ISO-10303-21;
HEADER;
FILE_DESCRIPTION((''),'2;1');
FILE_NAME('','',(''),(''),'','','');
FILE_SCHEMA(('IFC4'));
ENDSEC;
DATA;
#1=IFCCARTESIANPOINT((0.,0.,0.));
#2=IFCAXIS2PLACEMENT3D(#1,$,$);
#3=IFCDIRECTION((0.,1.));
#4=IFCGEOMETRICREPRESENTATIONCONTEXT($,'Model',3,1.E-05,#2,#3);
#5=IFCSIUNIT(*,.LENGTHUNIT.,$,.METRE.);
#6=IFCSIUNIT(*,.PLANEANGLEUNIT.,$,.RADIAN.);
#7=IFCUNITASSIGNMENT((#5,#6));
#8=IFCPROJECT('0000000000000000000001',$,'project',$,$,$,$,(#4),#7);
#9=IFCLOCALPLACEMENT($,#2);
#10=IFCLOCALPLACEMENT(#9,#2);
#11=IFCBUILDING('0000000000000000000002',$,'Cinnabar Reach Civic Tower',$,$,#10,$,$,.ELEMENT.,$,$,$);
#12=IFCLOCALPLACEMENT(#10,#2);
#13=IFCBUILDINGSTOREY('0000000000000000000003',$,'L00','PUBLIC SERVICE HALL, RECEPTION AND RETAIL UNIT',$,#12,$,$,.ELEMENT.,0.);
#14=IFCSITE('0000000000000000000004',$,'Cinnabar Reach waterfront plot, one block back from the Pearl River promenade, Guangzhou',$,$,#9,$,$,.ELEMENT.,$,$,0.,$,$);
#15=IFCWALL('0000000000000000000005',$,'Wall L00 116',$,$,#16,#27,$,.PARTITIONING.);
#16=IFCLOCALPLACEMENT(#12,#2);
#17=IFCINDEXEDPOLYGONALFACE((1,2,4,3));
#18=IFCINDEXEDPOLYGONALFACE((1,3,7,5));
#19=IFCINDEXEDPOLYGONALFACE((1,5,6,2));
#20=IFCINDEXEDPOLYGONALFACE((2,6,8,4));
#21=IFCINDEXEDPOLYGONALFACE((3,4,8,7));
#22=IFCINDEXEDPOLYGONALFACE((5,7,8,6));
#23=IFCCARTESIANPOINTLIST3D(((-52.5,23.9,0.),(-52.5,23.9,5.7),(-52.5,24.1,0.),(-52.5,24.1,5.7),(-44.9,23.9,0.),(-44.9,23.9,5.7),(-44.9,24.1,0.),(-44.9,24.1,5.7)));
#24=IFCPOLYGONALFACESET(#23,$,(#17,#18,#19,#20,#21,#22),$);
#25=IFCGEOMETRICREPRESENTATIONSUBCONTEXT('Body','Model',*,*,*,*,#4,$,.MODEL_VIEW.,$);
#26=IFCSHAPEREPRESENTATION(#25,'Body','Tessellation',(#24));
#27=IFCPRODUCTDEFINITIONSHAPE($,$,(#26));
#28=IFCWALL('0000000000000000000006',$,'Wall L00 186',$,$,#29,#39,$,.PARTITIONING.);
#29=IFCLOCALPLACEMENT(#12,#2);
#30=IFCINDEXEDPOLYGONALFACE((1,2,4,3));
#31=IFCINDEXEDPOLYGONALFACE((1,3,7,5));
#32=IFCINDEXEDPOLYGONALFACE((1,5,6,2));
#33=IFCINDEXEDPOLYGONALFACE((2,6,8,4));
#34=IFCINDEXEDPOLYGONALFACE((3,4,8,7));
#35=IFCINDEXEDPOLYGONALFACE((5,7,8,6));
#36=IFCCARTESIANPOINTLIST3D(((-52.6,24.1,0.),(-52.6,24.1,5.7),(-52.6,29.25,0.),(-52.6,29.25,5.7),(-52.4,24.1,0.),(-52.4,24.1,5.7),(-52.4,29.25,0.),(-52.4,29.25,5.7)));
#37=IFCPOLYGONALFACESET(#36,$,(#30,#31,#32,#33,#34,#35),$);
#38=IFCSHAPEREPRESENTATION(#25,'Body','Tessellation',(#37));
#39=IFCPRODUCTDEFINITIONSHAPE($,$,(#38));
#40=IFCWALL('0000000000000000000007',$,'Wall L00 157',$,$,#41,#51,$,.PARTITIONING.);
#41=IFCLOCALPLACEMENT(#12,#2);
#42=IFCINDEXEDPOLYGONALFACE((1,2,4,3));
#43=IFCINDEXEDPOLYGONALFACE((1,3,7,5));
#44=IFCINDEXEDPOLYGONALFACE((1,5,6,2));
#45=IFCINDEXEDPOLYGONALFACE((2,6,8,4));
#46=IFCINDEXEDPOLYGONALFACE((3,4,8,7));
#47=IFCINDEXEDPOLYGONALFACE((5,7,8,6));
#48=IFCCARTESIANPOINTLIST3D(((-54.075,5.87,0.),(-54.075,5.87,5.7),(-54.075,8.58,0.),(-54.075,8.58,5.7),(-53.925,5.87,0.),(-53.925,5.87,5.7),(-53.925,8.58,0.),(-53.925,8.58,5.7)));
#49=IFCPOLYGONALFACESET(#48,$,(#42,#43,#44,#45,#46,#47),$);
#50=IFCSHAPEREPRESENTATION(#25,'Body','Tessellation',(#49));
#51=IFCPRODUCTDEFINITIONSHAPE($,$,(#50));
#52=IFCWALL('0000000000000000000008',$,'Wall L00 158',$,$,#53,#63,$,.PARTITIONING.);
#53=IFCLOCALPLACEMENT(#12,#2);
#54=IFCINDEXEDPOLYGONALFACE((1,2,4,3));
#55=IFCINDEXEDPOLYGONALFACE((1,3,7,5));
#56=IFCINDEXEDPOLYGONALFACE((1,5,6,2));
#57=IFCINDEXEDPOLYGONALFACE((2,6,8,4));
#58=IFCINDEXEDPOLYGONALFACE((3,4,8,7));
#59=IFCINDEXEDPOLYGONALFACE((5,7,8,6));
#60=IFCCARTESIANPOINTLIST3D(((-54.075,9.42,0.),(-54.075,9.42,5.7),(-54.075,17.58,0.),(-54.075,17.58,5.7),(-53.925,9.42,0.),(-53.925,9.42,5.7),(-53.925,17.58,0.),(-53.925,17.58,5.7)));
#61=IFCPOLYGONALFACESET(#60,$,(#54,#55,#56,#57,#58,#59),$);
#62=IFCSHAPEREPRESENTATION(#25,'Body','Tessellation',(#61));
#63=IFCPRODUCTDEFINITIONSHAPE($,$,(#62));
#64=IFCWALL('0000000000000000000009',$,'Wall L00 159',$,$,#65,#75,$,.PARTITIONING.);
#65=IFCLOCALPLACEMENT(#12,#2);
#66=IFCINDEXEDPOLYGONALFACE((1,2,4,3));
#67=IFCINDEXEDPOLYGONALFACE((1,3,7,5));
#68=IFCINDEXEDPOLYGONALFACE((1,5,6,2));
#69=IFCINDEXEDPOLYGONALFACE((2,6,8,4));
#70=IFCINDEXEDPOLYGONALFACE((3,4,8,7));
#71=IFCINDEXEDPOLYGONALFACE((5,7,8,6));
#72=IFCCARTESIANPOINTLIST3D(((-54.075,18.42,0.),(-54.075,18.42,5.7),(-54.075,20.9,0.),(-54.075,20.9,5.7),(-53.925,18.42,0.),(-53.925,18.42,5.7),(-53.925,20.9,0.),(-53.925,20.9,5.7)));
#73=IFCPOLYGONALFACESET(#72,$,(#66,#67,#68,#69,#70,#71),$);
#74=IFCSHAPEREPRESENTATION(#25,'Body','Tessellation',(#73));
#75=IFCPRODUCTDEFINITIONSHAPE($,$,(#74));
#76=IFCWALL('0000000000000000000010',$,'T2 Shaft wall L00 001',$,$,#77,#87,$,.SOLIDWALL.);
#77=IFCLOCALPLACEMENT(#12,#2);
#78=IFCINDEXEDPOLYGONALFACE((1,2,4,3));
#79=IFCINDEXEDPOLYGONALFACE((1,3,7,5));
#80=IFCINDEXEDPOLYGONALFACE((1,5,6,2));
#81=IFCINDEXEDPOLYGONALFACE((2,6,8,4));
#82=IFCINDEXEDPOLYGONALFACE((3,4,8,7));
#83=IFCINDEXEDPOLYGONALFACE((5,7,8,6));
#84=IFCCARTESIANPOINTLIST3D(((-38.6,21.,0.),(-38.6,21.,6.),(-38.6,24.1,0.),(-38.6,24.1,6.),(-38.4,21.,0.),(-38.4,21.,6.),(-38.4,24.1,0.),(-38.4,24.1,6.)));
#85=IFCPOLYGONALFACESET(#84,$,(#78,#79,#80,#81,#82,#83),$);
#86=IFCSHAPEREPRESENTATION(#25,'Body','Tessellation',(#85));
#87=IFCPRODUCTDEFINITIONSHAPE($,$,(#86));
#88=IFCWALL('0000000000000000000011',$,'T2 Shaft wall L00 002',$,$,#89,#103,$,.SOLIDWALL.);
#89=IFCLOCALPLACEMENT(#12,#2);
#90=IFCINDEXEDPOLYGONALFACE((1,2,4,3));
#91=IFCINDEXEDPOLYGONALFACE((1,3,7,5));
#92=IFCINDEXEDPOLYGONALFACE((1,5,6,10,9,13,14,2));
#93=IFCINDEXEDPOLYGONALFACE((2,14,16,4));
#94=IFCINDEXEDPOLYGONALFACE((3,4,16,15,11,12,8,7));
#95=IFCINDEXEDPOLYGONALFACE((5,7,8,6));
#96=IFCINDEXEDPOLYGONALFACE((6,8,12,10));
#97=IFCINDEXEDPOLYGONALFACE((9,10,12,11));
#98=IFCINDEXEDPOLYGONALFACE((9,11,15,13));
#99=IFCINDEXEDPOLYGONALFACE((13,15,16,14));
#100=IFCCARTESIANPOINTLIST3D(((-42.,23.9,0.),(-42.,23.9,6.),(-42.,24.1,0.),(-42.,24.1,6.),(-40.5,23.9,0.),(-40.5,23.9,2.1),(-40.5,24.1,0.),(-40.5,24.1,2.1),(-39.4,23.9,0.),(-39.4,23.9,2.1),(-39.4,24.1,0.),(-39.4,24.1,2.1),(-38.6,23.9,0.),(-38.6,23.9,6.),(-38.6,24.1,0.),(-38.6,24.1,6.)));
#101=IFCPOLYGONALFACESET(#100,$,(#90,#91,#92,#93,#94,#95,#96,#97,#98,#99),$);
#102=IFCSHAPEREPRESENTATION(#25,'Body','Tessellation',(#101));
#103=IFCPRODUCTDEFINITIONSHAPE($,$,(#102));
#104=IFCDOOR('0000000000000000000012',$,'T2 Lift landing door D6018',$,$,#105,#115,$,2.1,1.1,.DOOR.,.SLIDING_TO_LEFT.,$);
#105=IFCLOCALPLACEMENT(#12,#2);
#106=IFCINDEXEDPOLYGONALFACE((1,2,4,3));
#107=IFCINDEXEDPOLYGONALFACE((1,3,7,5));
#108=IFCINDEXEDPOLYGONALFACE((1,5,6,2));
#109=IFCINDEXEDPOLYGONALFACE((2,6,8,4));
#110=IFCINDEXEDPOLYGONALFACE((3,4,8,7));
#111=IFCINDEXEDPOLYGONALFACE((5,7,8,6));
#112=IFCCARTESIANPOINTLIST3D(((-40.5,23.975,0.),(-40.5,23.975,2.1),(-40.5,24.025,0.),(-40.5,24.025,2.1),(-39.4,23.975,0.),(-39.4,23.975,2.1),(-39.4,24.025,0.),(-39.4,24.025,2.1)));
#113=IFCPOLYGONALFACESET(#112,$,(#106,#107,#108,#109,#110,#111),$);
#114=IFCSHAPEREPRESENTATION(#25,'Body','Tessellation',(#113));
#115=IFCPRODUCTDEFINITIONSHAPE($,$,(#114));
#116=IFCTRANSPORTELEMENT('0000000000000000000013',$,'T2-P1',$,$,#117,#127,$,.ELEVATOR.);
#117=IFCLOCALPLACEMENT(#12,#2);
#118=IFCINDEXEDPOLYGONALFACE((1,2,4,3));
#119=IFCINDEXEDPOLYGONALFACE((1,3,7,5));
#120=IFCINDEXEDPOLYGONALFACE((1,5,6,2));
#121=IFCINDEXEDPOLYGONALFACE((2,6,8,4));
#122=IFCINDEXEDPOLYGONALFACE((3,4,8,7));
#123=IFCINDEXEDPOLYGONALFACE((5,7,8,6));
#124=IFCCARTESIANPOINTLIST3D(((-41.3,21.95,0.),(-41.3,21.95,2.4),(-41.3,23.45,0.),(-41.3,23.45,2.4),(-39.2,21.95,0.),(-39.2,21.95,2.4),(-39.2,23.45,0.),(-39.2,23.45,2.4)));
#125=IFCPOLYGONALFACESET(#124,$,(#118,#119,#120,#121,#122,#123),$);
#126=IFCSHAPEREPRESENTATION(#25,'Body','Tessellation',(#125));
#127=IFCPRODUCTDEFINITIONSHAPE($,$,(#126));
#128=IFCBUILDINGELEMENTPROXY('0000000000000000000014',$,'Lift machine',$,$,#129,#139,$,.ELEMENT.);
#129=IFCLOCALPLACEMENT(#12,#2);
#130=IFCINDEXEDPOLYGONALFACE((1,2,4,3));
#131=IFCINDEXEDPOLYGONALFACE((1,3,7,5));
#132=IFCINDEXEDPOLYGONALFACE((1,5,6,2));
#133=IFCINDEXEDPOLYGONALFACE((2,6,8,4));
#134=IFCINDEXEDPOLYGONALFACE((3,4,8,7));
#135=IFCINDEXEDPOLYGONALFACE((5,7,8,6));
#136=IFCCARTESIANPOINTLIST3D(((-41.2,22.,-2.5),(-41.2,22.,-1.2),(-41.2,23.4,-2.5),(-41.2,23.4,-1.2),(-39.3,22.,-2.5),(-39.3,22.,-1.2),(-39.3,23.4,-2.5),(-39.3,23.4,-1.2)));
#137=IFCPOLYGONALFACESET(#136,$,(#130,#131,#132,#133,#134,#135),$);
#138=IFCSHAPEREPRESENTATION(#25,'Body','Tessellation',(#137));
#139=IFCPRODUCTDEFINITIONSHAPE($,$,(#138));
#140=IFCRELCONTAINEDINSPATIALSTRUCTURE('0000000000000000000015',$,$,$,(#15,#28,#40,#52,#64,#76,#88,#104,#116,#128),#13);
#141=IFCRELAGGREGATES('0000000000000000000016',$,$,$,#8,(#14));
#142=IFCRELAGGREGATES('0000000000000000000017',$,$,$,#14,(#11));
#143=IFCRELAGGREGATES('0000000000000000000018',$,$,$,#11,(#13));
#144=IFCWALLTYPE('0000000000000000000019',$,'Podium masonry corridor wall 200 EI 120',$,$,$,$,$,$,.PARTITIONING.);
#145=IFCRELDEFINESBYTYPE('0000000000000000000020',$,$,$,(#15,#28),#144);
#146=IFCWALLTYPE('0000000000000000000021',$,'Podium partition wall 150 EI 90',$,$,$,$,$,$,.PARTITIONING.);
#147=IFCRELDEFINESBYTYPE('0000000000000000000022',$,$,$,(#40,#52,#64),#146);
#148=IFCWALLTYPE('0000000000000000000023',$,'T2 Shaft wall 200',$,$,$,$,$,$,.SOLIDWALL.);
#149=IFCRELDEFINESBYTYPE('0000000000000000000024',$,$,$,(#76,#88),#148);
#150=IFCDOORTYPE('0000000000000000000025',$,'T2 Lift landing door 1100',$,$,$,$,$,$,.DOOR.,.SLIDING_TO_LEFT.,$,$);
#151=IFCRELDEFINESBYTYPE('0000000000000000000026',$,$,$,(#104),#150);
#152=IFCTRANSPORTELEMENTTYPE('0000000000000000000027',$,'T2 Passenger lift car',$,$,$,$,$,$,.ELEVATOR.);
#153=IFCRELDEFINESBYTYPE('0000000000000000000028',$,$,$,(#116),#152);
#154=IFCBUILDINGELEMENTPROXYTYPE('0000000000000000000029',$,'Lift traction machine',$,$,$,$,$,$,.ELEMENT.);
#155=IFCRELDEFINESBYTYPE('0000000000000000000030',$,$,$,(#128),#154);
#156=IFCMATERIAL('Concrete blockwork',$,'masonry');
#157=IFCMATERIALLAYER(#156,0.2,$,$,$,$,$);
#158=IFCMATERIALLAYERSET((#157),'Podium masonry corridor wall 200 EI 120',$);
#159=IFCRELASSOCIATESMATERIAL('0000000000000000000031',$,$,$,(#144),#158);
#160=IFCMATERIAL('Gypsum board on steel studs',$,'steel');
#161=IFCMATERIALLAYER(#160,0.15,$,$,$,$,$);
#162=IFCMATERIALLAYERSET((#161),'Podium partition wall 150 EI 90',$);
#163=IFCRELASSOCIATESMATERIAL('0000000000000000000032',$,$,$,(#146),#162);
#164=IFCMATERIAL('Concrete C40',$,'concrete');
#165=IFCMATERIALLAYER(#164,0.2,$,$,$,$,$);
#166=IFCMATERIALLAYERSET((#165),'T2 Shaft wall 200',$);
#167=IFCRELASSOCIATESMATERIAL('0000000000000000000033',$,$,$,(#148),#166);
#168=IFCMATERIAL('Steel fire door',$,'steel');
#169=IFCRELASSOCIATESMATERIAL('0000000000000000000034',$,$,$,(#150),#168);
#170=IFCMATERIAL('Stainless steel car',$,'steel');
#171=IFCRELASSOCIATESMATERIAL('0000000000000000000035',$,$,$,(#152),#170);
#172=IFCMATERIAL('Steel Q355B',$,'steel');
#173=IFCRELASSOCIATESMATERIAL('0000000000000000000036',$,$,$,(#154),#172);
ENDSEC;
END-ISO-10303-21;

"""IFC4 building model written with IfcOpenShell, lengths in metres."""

from ifc_helpers import new_model, si_unit, direction, frame, frame_2d, origin, origin_2d, place, context, subcontext, project, spatial, rectangle, extrude, material, layer, layer_set, type_object, element, fill, save


model = new_model("IFC4")

# Units and contexts
model_context = context("Model", 3, precision=1e-05, world=origin(), true_north=direction((0.0, 1.0)))
body_context = subcontext(model_context, "Body", "Model", "MODEL_VIEW")
ifc_project = project(units=[si_unit("LENGTHUNIT", "METRE"), si_unit("PLANEANGLEUNIT", "RADIAN")], contexts=[model_context])

# Site, building, storey
site_placement = place(None, origin())
site = spatial("IfcSite", under=ifc_project, at=site_placement, Name="Cinnabar Reach waterfront plot, one block back from the Pearl River promenade, Guangzhou", CompositionType="ELEMENT", RefElevation=0.0)
building_placement = place(site_placement, origin())
building = spatial("IfcBuilding", under=site, at=building_placement, Name="Cinnabar Reach Civic Tower", CompositionType="ELEMENT")
storey_placement = place(building_placement, origin())
storey = spatial("IfcBuildingStorey", under=building, at=storey_placement, Name="L00", Description="PUBLIC SERVICE HALL, RECEPTION AND RETAIL UNIT", CompositionType="ELEMENT", Elevation=0.0)

# Shared definitions
ifc_material_1 = material(Name="Steel Q355B", Category="steel")

# Shared definitions
ifc_material_2 = material(Name="Concrete blockwork", Category="masonry")
ifc_layer_1 = layer(ifc_material_2, 0.2)
ifc_layer_set_1 = layer_set([ifc_layer_1], Name="Podium masonry corridor wall 200 EI 120")
wall_type_1 = type_object("IfcWallType", Name="Podium masonry corridor wall 200 EI 120", PredefinedType="PARTITIONING", material=ifc_layer_set_1)

# Walls
wall_1_placement = place(storey_placement, frame((-52.5, 24.0, 0.0), z_axis=(0.0, 0.0, 1.0), x_axis=(1.0, 0.0, 0.0)))
element("IfcWall", 1, at=wall_1_placement, inside=storey, type_object=wall_type_1, Name="Wall L00 116", PredefinedType="PARTITIONING", context=body_context, shape_type="SweptSolid", body=[
    extrude(rectangle(XDim=7.6, YDim=0.2, at=frame_2d((3.8, 0.0))), origin(), (0.0, 0.0, 1.0), 5.7),
])
wall_2_placement = place(storey_placement, frame((-52.5, 24.1, 0.0), z_axis=(0.0, 0.0, 1.0), x_axis=(0.0, 1.0, 0.0)))
element("IfcWall", 2, at=wall_2_placement, inside=storey, type_object=wall_type_1, Name="Wall L00 186", PredefinedType="PARTITIONING", context=body_context, shape_type="SweptSolid", body=[
    extrude(rectangle(XDim=5.15, YDim=0.2, at=frame_2d((2.575, 0.0))), origin(), (0.0, 0.0, 1.0), 5.7),
])
ifc_material_3 = material(Name="Gypsum board on steel studs", Category="steel")
ifc_layer_2 = layer(ifc_material_3, 0.15)
ifc_layer_set_2 = layer_set([ifc_layer_2], Name="Podium partition wall 150 EI 90")
wall_type_2 = type_object("IfcWallType", Name="Podium partition wall 150 EI 90", PredefinedType="PARTITIONING", material=ifc_layer_set_2)
wall_3_placement = place(storey_placement, frame((-54.0, 5.87, 0.0), z_axis=(0.0, 0.0, 1.0), x_axis=(0.0, 1.0, 0.0)))
element("IfcWall", 3, at=wall_3_placement, inside=storey, type_object=wall_type_2, Name="Wall L00 157", PredefinedType="PARTITIONING", context=body_context, shape_type="SweptSolid", body=[
    extrude(rectangle(XDim=2.71, YDim=0.15, at=frame_2d((1.355, 0.0))), origin(), (0.0, 0.0, 1.0), 5.7),
])
wall_4_placement = place(storey_placement, frame((-54.0, 9.42, 0.0), z_axis=(0.0, 0.0, 1.0), x_axis=(0.0, 1.0, 0.0)))
element("IfcWall", 4, at=wall_4_placement, inside=storey, type_object=wall_type_2, Name="Wall L00 158", PredefinedType="PARTITIONING", context=body_context, shape_type="SweptSolid", body=[
    extrude(rectangle(XDim=8.16, YDim=0.15, at=frame_2d((4.08, 0.0))), origin(), (0.0, 0.0, 1.0), 5.7),
])
wall_5_placement = place(storey_placement, frame((-54.0, 18.42, 0.0), z_axis=(0.0, 0.0, 1.0), x_axis=(0.0, 1.0, 0.0)))
element("IfcWall", 5, at=wall_5_placement, inside=storey, type_object=wall_type_2, Name="Wall L00 159", PredefinedType="PARTITIONING", context=body_context, shape_type="SweptSolid", body=[
    extrude(rectangle(XDim=2.48, YDim=0.15, at=frame_2d((1.24, 0.0))), origin(), (0.0, 0.0, 1.0), 5.7),
])
ifc_material_4 = material(Name="Concrete C40", Category="concrete")
ifc_layer_3 = layer(ifc_material_4, 0.2)
ifc_layer_set_3 = layer_set([ifc_layer_3], Name="T2 Shaft wall 200")
wall_type_3 = type_object("IfcWallType", Name="T2 Shaft wall 200", PredefinedType="SOLIDWALL", material=ifc_layer_set_3)
wall_6_placement = place(storey_placement, frame((-38.5, 21.0, 0.0), z_axis=(0.0, 0.0, 1.0), x_axis=(0.0, 1.0, 0.0)))
element("IfcWall", 6, at=wall_6_placement, inside=storey, type_object=wall_type_3, Name="T2 Shaft wall L00 001", PredefinedType="SOLIDWALL", context=body_context, shape_type="SweptSolid", body=[
    extrude(rectangle(XDim=3.1, YDim=0.2, at=frame_2d((1.55, 0.0))), origin(), (0.0, 0.0, 1.0), 6.0),
])

# Wall, opening, door
wall_7_placement = place(storey_placement, frame((-38.6, 24.0, 0.0), z_axis=(0.0, 0.0, 1.0), x_axis=(-1.0, 0.0, 0.0)))
wall_7 = element("IfcWall", 7, at=wall_7_placement, inside=storey, type_object=wall_type_3, Name="T2 Shaft wall L00 002", PredefinedType="SOLIDWALL", context=body_context, shape_type="SweptSolid", body=[
    extrude(rectangle(XDim=3.4, YDim=0.2, at=frame_2d((1.7, 0.0))), origin(), (0.0, 0.0, 1.0), 6.0),
])
opening_1_placement = place(wall_7_placement, frame((0.8, 0.0, 0.0)))
opening_1 = element("IfcOpeningElement", 8, at=opening_1_placement, cuts=wall_7, PredefinedType="OPENING", context=body_context, shape_type="SweptSolid", body=[
    extrude(rectangle(XDim=1.1, YDim=2.1, at=frame_2d((0.55, 1.05))), frame((0.0, 0.11, 0.0), z_axis=(0.0, -1.0, 0.0), x_axis=(1.0, 0.0, 0.0)), (0.0, 0.0, 1.0), 0.22),
])
ifc_material_5 = material(Name="Steel fire door", Category="steel")
door_type_1 = type_object("IfcDoorType", Name="T2 Lift landing door 1100", OperationType="SLIDING_TO_LEFT", PredefinedType="DOOR", material=ifc_material_5)
door_1_placement = place(opening_1_placement, origin())
door_1 = element("IfcDoor", 9, at=door_1_placement, inside=storey, type_object=door_type_1, Name="T2 Lift landing door D6018", OperationType="SLIDING_TO_LEFT", OverallHeight=2.1, OverallWidth=1.1, PredefinedType="DOOR", context=body_context, shape_type="SweptSolid", body=[
    extrude(rectangle(XDim=1.1, YDim=2.1, at=frame_2d((0.55, 1.05))), frame((0.0, 0.025, 0.0), z_axis=(0.0, -1.0, 0.0), x_axis=(1.0, 0.0, 0.0)), (0.0, 0.0, 1.0), 0.05),
])
fill(opening_1, door_1)

# Transport element
ifc_material_6 = material(Name="Stainless steel car", Category="steel")
transport_element_type = type_object("IfcTransportElementType", Name="T2 Passenger lift car", PredefinedType="ELEVATOR", material=ifc_material_6)
transport_element_placement = place(storey_placement, frame((-40.25, 22.7, 0.0), z_axis=(0.0, 0.0, 1.0), x_axis=(1.0, 0.0, 0.0)))
element("IfcTransportElement", 10, at=transport_element_placement, inside=storey, type_object=transport_element_type, Name="T2-P1", PredefinedType="ELEVATOR", context=body_context, shape_type="SweptSolid", body=[
    extrude(rectangle(XDim=2.1, YDim=1.5, at=origin_2d()), origin(), (0.0, 0.0, 1.0), 2.4),
])

# Building element proxy
building_element_proxy_type = type_object("IfcBuildingElementProxyType", Name="Lift traction machine", PredefinedType="ELEMENT", material=ifc_material_1)
proxy_placement = place(storey_placement, frame((-40.25, 22.7, -2.5), z_axis=(0.0, 0.0, 1.0), x_axis=(1.0, 0.0, 0.0)))
element("IfcBuildingElementProxy", 11, at=proxy_placement, inside=storey, type_object=building_element_proxy_type, Name="Lift machine", PredefinedType="ELEMENT", context=body_context, shape_type="SweptSolid", body=[
    extrude(rectangle(XDim=1.9, YDim=1.4, at=origin_2d()), origin(), (0.0, 0.0, 1.0), 1.3),
])

save(model, "model.ifc")
